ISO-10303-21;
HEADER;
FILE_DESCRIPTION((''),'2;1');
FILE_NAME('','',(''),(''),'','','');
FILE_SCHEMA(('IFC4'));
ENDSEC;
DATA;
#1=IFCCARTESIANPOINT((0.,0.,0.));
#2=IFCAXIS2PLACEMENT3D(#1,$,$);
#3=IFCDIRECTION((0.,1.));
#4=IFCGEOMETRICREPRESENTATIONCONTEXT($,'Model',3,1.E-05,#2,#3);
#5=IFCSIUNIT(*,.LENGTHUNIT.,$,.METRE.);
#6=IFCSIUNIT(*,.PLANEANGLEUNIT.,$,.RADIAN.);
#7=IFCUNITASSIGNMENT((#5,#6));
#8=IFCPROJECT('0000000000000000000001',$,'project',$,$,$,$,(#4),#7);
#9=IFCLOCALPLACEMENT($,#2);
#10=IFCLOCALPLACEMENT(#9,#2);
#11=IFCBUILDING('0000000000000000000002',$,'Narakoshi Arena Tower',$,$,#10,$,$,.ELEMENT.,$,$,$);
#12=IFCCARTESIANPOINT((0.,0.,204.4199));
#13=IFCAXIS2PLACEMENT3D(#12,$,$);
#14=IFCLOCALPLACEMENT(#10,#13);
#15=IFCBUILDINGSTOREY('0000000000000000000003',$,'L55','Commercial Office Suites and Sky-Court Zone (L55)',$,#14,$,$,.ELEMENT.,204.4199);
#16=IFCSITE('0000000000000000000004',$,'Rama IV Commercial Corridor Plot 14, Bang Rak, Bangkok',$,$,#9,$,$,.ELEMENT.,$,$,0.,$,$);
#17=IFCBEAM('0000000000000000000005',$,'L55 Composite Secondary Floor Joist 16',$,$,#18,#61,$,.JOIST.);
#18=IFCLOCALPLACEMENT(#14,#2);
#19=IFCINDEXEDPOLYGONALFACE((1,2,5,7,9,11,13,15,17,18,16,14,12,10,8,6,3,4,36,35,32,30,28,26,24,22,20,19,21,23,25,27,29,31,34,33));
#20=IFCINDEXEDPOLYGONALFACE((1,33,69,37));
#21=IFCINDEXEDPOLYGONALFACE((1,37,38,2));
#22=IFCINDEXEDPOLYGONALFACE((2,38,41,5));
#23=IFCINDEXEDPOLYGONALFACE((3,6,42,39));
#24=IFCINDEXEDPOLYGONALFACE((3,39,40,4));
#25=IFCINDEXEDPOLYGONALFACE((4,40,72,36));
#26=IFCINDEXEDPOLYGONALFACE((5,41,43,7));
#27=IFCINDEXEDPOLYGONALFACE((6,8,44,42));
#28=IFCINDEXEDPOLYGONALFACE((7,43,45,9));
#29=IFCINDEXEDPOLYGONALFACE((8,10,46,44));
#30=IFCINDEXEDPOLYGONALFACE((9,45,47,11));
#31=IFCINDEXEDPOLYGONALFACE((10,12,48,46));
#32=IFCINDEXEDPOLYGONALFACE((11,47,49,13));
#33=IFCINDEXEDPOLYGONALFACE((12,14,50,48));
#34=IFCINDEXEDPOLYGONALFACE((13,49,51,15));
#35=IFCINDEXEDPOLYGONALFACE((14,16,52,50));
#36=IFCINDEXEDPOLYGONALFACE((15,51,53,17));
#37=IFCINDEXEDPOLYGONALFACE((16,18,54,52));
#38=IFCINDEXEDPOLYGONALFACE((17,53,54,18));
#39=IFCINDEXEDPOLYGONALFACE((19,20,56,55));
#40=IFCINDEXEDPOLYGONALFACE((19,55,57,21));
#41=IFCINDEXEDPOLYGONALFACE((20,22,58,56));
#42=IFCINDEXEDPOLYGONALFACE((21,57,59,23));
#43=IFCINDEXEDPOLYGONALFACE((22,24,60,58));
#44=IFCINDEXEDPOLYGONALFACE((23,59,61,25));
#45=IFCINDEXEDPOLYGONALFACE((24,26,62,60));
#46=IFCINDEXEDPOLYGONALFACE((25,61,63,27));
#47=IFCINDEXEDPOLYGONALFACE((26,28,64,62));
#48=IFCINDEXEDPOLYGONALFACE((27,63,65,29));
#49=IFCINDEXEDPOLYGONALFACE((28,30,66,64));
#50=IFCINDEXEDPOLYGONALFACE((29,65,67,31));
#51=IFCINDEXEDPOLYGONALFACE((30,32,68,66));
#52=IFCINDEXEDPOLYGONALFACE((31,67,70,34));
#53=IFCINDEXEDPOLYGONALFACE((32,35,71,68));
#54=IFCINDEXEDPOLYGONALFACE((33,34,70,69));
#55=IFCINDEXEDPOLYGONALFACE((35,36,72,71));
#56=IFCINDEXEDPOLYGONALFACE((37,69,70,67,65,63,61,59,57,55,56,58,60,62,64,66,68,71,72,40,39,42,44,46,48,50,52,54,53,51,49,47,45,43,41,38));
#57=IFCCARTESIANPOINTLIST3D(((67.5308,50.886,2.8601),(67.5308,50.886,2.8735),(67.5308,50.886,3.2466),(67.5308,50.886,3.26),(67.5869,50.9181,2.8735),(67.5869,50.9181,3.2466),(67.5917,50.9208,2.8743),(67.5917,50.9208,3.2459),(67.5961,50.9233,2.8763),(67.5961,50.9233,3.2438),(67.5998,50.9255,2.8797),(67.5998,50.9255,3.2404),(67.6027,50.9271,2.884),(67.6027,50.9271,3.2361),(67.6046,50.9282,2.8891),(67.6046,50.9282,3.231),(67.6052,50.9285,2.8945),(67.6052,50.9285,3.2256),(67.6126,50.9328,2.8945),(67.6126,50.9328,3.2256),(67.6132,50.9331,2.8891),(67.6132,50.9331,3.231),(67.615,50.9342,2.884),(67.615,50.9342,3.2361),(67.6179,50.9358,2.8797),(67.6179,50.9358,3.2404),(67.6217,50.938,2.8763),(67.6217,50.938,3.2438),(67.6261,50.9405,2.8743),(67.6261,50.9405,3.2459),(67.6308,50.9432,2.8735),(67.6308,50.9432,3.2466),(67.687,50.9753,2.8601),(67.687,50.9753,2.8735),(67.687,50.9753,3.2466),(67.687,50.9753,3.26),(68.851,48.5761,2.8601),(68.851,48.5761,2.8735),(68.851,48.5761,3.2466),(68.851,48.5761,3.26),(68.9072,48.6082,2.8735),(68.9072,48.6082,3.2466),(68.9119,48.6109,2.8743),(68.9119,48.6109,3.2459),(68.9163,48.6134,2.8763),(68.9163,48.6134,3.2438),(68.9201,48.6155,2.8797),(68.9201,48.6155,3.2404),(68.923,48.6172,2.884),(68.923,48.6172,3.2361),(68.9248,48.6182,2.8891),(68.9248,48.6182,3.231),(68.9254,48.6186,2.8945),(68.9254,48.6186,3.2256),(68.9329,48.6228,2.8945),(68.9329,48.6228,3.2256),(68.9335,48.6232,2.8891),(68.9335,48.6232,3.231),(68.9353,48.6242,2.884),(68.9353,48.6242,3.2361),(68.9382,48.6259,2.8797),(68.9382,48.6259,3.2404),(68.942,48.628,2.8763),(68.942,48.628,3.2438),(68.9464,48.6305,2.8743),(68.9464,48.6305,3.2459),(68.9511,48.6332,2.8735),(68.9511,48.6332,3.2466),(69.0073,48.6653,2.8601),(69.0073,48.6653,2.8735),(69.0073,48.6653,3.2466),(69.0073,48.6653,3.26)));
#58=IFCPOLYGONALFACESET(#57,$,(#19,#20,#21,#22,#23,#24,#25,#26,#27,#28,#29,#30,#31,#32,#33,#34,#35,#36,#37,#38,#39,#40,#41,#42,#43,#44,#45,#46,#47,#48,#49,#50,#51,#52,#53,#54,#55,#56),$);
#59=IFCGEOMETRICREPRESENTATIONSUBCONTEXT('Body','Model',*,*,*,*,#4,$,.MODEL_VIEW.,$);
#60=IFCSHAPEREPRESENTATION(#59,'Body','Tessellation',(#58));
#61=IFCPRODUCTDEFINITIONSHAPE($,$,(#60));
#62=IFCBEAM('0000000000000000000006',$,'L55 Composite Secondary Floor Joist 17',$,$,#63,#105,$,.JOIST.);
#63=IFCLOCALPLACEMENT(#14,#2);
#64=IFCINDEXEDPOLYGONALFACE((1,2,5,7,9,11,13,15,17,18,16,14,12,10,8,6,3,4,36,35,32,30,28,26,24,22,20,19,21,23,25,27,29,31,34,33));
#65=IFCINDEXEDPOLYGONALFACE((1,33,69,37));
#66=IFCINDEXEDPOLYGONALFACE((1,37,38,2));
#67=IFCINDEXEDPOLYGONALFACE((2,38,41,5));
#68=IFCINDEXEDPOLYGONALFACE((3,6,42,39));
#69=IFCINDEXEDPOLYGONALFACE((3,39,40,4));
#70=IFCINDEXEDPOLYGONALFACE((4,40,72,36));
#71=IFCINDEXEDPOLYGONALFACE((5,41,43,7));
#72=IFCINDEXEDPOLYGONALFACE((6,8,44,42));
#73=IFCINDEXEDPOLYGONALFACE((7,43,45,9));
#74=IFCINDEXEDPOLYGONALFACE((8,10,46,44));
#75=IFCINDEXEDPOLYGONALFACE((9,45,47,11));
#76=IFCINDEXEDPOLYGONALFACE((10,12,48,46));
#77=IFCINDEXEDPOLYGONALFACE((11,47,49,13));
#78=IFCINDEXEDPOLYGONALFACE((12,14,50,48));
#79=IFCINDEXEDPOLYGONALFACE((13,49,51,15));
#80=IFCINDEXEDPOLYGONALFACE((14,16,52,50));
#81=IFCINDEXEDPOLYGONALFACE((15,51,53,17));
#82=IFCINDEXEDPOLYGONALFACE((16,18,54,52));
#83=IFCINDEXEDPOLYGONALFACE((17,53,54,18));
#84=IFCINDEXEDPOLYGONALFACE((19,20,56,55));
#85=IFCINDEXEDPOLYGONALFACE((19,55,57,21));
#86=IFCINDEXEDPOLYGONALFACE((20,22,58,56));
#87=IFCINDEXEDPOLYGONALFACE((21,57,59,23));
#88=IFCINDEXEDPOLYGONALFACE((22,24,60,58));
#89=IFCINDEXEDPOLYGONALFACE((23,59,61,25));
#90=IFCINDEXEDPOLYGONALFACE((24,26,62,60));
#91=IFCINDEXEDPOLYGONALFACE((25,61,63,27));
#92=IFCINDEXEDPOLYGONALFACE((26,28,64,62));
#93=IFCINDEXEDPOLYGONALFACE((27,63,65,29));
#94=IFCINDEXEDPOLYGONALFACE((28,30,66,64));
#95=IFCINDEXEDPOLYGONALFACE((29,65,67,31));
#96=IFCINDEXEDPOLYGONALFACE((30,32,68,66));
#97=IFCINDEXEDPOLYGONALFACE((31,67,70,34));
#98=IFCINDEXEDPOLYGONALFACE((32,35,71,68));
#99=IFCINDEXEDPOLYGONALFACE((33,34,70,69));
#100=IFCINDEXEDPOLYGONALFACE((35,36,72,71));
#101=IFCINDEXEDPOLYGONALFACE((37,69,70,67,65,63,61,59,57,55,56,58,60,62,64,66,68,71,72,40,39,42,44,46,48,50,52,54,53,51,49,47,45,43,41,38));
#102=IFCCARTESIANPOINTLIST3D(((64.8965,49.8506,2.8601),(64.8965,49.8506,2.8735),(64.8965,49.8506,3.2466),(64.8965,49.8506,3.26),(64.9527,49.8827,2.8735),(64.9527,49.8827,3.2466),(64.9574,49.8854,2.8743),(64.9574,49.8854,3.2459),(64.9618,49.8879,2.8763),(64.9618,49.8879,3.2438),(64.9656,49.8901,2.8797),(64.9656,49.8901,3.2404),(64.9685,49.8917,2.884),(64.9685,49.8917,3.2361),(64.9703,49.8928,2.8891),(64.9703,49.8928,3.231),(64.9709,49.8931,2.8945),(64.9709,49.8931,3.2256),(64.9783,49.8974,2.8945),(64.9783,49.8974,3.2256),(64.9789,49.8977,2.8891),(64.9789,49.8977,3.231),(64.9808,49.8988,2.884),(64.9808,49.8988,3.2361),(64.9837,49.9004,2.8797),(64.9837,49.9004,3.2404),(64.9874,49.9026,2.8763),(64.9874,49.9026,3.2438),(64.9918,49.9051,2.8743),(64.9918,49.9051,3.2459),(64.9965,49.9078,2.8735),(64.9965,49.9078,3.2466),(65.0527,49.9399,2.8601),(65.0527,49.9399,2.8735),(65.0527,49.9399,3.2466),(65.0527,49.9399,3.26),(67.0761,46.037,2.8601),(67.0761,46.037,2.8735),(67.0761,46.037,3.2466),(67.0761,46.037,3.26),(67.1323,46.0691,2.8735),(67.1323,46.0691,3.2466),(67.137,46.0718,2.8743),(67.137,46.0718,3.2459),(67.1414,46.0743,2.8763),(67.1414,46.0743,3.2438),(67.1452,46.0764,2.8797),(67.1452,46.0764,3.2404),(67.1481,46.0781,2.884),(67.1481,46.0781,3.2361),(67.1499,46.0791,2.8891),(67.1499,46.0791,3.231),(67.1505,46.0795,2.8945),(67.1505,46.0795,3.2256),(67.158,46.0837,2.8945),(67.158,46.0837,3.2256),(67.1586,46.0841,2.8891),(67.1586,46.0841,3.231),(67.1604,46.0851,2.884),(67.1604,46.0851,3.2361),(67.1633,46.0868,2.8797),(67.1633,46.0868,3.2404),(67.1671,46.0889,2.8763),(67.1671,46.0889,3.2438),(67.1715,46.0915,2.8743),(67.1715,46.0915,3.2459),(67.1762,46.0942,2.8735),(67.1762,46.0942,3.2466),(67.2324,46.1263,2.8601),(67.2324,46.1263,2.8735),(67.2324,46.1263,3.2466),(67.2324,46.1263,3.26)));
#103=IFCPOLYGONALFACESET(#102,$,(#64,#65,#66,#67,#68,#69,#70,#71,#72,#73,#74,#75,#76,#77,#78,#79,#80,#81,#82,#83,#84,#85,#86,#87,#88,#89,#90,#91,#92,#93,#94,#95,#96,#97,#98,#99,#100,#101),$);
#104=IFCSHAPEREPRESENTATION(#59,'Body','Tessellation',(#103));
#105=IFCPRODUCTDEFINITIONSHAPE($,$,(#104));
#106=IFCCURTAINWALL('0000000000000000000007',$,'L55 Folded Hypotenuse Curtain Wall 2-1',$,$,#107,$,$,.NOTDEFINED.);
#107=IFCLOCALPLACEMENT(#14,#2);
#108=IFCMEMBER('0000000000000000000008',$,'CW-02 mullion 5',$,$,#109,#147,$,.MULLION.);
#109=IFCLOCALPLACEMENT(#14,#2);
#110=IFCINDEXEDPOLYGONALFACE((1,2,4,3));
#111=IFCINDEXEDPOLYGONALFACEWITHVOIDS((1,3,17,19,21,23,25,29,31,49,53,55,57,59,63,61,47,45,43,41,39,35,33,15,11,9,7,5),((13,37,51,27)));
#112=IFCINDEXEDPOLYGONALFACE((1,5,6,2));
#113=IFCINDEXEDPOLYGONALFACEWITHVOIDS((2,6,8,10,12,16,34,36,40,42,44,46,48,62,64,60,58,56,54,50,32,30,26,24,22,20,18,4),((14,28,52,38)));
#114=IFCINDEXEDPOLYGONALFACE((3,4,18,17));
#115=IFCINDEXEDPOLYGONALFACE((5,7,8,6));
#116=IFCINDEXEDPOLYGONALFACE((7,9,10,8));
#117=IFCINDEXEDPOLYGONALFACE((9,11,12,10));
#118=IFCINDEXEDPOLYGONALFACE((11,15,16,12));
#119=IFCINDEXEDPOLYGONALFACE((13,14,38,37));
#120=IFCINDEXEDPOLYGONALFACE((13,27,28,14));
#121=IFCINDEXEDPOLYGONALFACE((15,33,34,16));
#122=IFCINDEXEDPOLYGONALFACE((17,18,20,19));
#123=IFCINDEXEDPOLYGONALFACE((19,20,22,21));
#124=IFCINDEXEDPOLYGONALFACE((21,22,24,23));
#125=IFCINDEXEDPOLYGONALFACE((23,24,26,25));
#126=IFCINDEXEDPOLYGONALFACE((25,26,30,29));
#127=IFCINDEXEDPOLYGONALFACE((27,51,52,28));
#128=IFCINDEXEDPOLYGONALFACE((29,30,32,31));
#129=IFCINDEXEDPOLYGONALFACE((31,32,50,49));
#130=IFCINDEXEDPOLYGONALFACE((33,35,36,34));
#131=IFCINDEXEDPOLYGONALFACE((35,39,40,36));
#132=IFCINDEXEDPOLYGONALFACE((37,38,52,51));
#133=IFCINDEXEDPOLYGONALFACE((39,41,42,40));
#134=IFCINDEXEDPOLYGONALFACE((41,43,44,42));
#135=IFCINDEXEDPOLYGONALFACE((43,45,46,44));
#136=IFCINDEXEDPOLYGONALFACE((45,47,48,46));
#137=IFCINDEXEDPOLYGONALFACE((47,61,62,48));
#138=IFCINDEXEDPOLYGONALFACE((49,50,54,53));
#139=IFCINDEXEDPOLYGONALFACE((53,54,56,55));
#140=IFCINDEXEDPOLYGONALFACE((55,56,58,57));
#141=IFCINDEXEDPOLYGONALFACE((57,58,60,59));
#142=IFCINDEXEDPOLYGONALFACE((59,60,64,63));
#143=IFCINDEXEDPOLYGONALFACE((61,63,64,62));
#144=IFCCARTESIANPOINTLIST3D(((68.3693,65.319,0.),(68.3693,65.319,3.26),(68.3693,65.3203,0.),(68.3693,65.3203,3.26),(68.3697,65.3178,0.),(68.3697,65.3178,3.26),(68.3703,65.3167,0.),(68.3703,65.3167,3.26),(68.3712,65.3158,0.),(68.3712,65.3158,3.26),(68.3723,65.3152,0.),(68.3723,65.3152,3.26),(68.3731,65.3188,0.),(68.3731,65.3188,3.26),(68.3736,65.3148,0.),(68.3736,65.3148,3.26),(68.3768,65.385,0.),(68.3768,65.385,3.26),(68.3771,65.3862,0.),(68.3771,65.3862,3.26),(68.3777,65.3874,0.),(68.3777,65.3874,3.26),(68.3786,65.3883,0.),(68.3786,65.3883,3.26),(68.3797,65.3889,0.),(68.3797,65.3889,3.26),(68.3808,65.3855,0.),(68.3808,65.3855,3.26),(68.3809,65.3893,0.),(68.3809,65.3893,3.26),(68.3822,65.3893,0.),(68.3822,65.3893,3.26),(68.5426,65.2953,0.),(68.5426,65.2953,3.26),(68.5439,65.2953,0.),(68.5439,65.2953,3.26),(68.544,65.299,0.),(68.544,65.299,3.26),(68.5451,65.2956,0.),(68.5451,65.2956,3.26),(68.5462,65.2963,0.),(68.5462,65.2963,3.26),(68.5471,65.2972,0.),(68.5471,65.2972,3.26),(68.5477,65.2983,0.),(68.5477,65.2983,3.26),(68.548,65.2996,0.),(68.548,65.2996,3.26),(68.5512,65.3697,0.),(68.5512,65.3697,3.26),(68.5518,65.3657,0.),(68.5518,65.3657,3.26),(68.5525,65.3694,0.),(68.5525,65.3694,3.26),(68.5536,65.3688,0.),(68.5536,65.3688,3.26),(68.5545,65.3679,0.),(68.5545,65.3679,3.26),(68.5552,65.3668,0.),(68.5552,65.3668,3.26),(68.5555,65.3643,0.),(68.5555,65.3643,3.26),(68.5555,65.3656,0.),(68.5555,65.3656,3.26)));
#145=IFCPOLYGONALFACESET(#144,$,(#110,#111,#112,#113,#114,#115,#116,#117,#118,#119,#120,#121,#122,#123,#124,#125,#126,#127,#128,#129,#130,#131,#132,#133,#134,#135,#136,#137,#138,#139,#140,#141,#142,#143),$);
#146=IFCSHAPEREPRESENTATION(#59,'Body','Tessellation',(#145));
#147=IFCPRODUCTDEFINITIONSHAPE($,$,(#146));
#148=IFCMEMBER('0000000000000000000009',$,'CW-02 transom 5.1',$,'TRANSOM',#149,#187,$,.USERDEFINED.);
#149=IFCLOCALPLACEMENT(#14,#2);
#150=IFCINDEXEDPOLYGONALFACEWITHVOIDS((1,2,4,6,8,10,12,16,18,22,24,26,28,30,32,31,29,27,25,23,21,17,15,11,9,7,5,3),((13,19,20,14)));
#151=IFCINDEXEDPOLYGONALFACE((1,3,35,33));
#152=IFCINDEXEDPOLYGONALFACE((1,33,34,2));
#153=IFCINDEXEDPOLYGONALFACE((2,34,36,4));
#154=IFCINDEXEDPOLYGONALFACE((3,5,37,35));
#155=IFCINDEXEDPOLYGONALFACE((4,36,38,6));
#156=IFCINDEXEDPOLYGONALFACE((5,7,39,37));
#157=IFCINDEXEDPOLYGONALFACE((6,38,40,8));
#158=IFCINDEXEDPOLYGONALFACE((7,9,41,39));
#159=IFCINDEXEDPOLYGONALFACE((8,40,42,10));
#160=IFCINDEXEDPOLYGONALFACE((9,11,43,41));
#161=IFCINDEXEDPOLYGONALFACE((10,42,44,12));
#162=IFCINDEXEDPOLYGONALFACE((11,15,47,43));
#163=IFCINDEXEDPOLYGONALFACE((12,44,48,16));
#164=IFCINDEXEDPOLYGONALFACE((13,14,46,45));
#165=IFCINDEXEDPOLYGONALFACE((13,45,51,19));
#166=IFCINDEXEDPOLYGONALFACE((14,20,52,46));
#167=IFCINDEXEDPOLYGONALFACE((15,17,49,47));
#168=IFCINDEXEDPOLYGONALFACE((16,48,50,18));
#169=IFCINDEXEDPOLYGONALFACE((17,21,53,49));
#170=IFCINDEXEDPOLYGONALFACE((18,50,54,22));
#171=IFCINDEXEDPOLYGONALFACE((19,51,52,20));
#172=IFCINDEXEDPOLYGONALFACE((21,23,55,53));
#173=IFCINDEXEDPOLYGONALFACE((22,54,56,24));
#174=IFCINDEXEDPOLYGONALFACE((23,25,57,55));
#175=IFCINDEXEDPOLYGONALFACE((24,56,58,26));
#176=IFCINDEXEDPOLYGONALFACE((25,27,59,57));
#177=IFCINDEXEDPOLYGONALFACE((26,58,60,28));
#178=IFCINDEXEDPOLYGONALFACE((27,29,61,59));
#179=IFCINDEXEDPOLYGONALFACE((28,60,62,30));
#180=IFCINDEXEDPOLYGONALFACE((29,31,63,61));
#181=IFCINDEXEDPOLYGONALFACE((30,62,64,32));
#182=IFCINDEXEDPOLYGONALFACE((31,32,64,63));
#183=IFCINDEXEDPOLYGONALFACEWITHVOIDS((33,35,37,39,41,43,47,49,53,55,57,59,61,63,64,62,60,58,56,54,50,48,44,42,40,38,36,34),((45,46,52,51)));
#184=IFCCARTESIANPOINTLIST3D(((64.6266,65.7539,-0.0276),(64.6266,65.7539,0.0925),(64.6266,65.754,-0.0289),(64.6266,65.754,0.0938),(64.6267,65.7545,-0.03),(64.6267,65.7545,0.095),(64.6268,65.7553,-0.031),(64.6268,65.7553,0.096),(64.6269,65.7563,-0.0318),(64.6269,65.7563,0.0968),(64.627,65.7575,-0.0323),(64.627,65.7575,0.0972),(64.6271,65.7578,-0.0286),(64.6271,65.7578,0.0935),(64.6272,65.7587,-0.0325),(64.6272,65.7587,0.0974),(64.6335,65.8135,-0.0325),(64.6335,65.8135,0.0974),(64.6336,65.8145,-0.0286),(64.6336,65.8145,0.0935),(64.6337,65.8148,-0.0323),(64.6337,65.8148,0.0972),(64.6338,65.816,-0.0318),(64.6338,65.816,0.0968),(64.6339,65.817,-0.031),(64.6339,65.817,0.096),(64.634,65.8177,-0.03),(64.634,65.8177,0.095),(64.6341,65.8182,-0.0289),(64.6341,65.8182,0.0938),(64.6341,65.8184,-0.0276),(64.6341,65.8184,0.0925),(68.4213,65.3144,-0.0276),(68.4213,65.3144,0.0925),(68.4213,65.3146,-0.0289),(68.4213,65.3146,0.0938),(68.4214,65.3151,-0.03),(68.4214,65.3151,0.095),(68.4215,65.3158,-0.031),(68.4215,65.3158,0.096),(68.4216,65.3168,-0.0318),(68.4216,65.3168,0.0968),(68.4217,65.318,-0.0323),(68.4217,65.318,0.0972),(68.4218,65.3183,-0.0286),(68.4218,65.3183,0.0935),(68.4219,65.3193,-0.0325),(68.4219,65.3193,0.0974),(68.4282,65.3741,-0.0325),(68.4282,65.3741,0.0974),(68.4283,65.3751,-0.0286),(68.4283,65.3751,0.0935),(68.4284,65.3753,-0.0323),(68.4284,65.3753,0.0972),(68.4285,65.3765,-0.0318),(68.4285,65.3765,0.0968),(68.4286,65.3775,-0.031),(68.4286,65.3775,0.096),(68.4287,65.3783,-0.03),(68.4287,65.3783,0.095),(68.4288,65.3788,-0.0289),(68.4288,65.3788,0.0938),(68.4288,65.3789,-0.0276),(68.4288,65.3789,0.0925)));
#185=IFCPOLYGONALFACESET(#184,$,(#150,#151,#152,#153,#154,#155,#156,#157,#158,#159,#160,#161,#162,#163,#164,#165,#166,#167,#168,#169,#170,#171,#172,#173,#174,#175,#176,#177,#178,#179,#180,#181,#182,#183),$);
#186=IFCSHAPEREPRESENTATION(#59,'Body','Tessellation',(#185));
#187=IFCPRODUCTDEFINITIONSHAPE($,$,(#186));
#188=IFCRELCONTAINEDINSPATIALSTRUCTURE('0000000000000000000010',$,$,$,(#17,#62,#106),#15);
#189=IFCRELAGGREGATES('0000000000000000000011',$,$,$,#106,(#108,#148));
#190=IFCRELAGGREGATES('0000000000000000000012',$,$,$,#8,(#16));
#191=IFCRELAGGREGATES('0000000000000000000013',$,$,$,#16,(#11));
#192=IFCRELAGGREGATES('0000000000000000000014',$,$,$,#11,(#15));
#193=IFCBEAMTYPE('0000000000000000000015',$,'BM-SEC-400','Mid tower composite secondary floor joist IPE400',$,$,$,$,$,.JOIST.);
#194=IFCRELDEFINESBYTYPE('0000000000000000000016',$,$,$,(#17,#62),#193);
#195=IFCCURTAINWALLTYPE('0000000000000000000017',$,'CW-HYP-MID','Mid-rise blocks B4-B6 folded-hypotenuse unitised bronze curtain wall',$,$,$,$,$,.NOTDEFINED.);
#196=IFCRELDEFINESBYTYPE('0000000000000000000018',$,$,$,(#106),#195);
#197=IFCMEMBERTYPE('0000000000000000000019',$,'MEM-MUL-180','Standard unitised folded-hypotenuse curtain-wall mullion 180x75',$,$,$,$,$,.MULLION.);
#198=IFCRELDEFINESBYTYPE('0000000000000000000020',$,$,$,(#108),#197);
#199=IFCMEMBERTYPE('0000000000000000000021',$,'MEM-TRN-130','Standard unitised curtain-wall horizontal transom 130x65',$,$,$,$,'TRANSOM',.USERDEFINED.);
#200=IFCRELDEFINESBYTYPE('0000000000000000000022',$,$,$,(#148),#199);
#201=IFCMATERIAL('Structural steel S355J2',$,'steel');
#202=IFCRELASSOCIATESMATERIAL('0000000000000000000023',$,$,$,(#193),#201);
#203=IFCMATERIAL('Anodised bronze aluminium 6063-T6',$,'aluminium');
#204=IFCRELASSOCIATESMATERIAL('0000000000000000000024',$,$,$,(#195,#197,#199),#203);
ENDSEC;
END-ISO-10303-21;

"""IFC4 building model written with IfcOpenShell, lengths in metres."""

from ifc_helpers import new_model, si_unit, direction, frame, origin, origin_2d, place, context, subcontext, project, spatial, hollow_rectangle, i_section, extrude, material, material_profile, profile_set, type_object, element, aggregate, save


model = new_model("IFC4")

# Units and contexts
model_context = context("Model", 3, precision=1e-05, world=origin(), true_north=direction((0.0, 1.0)))
body_context = subcontext(model_context, "Body", "Model", "MODEL_VIEW")
ifc_project = project(units=[si_unit("LENGTHUNIT", "METRE"), si_unit("PLANEANGLEUNIT", "RADIAN")], contexts=[model_context])

# Site, building, storey
site_placement = place(None, origin())
site = spatial("IfcSite", under=ifc_project, at=site_placement, Name="Rama IV Commercial Corridor Plot 14, Bang Rak, Bangkok", CompositionType="ELEMENT", RefElevation=0.0)
building_placement = place(site_placement, origin())
building = spatial("IfcBuilding", under=site, at=building_placement, Name="Narakoshi Arena Tower", CompositionType="ELEMENT")
storey_placement = place(building_placement, frame((0.0, 0.0, 204.4199)))
storey = spatial("IfcBuildingStorey", under=building, at=storey_placement, Name="L55", Description="Commercial Office Suites and Sky-Court Zone (L55)", CompositionType="ELEMENT", Elevation=204.4199)

# Beams
ifc_material_1 = material(Name="Structural steel S355J2", Category="steel")
ifc_material_profile_1 = material_profile(ifc_material_1, i_section(OverallWidth=0.1799, OverallDepth=0.3999, WebThickness=0.0085, FlangeThickness=0.0134, FilletRadius=0.021, at=origin_2d()), Name="IPE400")
ifc_profile_set_1 = profile_set([ifc_material_profile_1], Name="Structural steel S355J2")
beam_type = type_object("IfcBeamType", Name="BM-SEC-400", Description="Mid tower composite secondary floor joist IPE400", PredefinedType="JOIST", material=ifc_profile_set_1)
beam_1_placement = place(storey_placement, frame((67.6089, 50.9307, 3.0601), z_axis=(0.496218, -0.868198, 0.0), x_axis=(0.868198, 0.496218, 0.0)))
element("IfcBeam", 1, at=beam_1_placement, inside=storey, type_object=beam_type, Name="L55 Composite Secondary Floor Joist 16", PredefinedType="JOIST", context=body_context, shape_type="SweptSolid", body=[
    extrude(i_section(OverallWidth=0.1799, OverallDepth=0.3999, WebThickness=0.0085, FlangeThickness=0.0134, FilletRadius=0.021, at=origin_2d()), origin(), (0.0, 0.0, 1.0), 2.6606),
])
beam_2_placement = place(storey_placement, frame((64.9746, 49.8953, 3.0601), z_axis=(0.496211, -0.868202, 0.0), x_axis=(0.868202, 0.496211, 0.0)))
element("IfcBeam", 2, at=beam_2_placement, inside=storey, type_object=beam_type, Name="L55 Composite Secondary Floor Joist 17", PredefinedType="JOIST", context=body_context, shape_type="SweptSolid", body=[
    extrude(i_section(OverallWidth=0.1799, OverallDepth=0.3999, WebThickness=0.0085, FlangeThickness=0.0134, FilletRadius=0.021, at=origin_2d()), origin(), (0.0, 0.0, 1.0), 4.3926),
])

# Curtain wall, members
ifc_material_2 = material(Name="Anodised bronze aluminium 6063-T6", Category="aluminium")
curtain_wall_type = type_object("IfcCurtainWallType", Name="CW-HYP-MID", Description="Mid-rise blocks B4-B6 folded-hypotenuse unitised bronze curtain wall", PredefinedType="NOTDEFINED", material=ifc_material_2)
curtain_wall_placement = place(storey_placement, origin())
curtain_wall = element("IfcCurtainWall", 3, at=curtain_wall_placement, inside=storey, type_object=curtain_wall_type, Name="L55 Folded Hypotenuse Curtain Wall 2-1", PredefinedType="NOTDEFINED")
ifc_material_profile_2 = material_profile(ifc_material_2, hollow_rectangle(XDim=0.075, YDim=0.1799, WallThickness=0.0039, OuterFilletRadius=0.0049, at=origin_2d()), Name="MUL180x75x4")
ifc_profile_set_2 = profile_set([ifc_material_profile_2], Name="Anodised bronze aluminium 6063-T6")
member_type_1 = type_object("IfcMemberType", Name="MEM-MUL-180", Description="Standard unitised folded-hypotenuse curtain-wall mullion 180x75", PredefinedType="MULLION", material=ifc_profile_set_2)
member_1_placement = place(storey_placement, frame((68.4624, 65.3423, 0.0), z_axis=(0.0, 0.0, 1.0), x_axis=(-0.115011, -0.993364, 0.0)))
member_1 = element("IfcMember", 4, at=member_1_placement, type_object=member_type_1, Name="CW-02 mullion 5", PredefinedType="MULLION", context=body_context, shape_type="SweptSolid", body=[
    extrude(hollow_rectangle(XDim=0.075, YDim=0.1799, WallThickness=0.0039, OuterFilletRadius=0.0049, at=origin_2d()), origin(), (0.0, 0.0, 1.0), 3.26),
])
ifc_material_profile_3 = material_profile(ifc_material_2, hollow_rectangle(XDim=0.0649, YDim=0.1299, WallThickness=0.0039, OuterFilletRadius=0.0049, at=origin_2d()), Name="TRN130x65x4")
ifc_profile_set_3 = profile_set([ifc_material_profile_3], Name="Anodised bronze aluminium 6063-T6")
member_type_2 = type_object("IfcMemberType", Name="MEM-TRN-130", Description="Standard unitised curtain-wall horizontal transom 130x65", ElementType="TRANSOM", PredefinedType="USERDEFINED", material=ifc_profile_set_3)
member_2_placement = place(storey_placement, frame((68.425, 65.3467, 0.0325), z_axis=(-0.993361, 0.115039, 0.0), x_axis=(-0.115039, -0.993361, 0.0)))
member_2 = element("IfcMember", 5, at=member_2_placement, type_object=member_type_2, Name="CW-02 transom 5.1", ObjectType="TRANSOM", PredefinedType="USERDEFINED", context=body_context, shape_type="SweptSolid", body=[
    extrude(hollow_rectangle(XDim=0.0649, YDim=0.1299, WallThickness=0.0039, OuterFilletRadius=0.0049, at=origin_2d()), origin(), (0.0, 0.0, 1.0), 3.8201),
])
aggregate(curtain_wall, [member_1, member_2])

save(model, "model.ifc")
